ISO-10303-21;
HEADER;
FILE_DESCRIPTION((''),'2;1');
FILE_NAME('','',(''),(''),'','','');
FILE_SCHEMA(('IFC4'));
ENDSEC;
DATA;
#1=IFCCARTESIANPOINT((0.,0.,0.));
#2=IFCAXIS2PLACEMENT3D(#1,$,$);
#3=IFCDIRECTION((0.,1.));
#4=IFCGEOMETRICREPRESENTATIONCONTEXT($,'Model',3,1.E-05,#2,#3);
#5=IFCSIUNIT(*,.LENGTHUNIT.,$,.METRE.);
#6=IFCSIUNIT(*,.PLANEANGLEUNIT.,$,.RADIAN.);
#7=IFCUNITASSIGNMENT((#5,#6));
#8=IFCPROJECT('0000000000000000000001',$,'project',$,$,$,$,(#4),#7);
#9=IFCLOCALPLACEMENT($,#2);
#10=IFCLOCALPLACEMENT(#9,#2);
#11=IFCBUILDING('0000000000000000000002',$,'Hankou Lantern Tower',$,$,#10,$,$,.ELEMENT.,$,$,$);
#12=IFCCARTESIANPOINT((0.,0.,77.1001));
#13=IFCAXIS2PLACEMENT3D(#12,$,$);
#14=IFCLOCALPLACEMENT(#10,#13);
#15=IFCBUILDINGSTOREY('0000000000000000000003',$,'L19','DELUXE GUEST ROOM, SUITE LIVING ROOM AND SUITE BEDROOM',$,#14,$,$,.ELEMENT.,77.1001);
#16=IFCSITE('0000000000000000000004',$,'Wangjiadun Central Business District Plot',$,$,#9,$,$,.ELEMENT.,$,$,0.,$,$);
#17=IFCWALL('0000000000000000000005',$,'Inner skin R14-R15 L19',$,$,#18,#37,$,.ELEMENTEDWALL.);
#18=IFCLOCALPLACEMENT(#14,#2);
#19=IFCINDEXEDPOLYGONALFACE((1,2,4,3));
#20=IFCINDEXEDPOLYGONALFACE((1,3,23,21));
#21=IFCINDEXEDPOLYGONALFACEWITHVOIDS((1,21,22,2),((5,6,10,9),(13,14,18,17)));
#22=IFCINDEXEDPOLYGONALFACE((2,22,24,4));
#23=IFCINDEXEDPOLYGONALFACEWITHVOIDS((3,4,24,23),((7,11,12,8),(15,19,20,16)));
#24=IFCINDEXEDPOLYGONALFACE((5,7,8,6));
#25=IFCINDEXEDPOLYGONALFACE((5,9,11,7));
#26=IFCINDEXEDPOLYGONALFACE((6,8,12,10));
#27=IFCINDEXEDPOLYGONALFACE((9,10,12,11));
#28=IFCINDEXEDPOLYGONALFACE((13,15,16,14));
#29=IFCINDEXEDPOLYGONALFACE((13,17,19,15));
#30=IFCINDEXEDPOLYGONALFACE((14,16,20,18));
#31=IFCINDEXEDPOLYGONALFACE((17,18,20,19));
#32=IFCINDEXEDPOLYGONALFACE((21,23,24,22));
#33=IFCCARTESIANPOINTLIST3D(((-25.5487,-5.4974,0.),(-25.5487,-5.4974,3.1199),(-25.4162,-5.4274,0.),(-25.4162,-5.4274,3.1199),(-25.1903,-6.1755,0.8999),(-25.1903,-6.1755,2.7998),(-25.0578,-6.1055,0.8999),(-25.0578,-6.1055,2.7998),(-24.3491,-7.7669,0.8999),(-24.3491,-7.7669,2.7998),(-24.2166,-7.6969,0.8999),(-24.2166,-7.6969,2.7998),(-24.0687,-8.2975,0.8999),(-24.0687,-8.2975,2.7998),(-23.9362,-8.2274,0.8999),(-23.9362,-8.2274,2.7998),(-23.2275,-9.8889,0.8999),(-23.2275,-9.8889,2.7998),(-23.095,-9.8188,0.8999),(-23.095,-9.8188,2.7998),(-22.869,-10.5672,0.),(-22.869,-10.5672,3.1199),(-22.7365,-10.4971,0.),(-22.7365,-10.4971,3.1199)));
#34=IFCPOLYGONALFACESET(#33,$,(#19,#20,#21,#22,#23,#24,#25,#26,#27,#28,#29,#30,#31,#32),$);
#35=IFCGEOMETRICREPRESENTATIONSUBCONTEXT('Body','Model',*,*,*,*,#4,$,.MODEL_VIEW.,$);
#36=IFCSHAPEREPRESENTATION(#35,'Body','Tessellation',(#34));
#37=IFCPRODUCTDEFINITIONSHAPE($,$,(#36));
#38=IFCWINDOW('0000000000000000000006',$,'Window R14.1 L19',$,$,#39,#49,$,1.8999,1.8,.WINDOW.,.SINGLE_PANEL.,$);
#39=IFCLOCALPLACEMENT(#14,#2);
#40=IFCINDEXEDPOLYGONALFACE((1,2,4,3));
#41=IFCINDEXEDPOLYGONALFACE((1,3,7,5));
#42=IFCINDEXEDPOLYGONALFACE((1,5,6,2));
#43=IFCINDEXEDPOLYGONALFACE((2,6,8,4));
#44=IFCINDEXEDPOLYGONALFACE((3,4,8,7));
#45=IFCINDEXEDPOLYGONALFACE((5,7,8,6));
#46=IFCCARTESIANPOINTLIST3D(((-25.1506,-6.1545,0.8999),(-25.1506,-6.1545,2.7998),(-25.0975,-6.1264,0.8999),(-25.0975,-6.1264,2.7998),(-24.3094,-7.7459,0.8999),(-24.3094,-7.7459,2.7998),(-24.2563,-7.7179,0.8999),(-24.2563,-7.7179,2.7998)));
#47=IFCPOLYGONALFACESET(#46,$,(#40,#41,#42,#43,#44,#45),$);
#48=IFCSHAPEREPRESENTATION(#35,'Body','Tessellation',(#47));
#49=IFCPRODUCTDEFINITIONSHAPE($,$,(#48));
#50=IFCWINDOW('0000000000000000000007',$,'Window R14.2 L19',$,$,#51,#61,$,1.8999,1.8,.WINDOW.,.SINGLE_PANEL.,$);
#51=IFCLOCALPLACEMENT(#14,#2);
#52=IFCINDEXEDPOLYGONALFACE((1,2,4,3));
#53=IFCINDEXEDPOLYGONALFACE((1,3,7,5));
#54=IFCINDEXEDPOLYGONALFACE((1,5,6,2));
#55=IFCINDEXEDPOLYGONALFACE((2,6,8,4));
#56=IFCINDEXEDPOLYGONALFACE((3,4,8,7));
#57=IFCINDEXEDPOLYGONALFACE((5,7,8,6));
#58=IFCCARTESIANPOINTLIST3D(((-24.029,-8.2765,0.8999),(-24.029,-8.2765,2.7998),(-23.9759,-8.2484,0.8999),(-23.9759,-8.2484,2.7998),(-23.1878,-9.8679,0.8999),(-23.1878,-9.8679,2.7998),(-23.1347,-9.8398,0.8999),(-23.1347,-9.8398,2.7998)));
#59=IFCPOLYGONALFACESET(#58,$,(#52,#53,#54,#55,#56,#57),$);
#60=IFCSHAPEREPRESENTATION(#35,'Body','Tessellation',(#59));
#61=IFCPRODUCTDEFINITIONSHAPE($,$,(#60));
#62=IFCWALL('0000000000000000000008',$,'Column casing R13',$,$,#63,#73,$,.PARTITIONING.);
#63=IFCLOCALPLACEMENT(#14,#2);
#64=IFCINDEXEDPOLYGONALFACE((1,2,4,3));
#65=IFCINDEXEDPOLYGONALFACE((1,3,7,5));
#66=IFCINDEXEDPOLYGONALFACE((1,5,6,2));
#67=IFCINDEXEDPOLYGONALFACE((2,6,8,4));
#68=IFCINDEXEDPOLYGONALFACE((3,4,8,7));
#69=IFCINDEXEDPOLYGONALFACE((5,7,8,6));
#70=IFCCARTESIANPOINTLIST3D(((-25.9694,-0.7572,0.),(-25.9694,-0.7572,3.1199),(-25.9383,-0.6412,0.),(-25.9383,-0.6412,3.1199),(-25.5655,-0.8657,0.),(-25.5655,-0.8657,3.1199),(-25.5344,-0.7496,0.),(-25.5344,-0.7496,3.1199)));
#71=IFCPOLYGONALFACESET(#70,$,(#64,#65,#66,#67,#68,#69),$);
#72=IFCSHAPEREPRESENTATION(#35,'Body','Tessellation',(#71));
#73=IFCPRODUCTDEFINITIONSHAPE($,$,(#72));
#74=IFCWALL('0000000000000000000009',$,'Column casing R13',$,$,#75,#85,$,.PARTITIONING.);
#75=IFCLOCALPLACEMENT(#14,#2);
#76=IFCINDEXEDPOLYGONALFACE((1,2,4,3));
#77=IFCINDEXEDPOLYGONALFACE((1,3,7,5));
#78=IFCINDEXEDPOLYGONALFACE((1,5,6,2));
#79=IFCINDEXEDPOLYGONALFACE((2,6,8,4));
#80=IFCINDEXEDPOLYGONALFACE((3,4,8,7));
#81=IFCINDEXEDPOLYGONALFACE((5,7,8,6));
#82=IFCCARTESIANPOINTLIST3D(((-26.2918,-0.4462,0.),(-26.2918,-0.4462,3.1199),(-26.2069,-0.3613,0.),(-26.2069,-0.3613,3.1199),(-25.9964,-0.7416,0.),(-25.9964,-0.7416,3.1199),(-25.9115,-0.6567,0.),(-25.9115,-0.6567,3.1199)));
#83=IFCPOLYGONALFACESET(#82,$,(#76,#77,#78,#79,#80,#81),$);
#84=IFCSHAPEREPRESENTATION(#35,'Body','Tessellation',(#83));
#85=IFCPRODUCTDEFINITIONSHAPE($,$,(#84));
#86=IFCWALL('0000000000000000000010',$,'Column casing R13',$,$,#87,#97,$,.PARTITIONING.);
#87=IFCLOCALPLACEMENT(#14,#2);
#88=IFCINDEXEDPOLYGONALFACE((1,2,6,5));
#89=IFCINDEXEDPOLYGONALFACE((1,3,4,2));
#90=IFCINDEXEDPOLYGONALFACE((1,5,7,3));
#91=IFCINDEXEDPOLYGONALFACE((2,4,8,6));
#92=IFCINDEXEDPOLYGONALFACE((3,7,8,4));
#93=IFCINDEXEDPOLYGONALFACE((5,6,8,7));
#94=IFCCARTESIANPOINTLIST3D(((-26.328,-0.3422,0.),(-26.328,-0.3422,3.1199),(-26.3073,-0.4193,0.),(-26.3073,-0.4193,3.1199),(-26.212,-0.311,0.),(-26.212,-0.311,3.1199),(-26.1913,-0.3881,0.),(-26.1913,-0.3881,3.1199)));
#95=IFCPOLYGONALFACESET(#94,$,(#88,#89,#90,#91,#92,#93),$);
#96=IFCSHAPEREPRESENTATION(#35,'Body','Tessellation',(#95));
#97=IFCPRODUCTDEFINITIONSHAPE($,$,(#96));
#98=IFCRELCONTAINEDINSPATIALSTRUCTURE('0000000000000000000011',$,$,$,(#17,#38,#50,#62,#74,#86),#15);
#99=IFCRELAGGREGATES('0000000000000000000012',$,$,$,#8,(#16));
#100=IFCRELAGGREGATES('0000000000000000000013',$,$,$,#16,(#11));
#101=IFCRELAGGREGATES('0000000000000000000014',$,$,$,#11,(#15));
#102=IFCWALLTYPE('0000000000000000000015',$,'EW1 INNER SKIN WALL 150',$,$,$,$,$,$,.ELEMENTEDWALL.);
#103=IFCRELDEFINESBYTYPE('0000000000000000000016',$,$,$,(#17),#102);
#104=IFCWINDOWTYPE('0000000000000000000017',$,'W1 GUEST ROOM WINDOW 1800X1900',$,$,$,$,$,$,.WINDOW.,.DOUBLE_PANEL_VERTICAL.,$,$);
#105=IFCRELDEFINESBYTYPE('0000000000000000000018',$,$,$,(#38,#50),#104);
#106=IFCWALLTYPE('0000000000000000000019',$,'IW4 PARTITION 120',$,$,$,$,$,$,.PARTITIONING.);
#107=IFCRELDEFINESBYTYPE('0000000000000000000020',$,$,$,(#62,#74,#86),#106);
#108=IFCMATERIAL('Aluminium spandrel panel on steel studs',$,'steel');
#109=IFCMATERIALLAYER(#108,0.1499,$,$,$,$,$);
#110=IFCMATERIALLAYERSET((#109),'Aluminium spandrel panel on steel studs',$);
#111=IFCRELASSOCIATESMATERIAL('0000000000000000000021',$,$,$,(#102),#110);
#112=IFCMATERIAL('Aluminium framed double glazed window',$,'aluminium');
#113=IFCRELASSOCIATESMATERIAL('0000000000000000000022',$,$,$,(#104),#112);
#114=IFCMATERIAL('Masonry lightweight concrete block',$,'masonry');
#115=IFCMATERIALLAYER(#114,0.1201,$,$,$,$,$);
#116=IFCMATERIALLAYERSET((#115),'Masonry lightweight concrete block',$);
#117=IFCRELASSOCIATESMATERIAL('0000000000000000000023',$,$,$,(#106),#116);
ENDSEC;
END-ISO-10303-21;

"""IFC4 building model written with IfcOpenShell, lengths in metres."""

from ifc_helpers import new_model, si_unit, direction, frame, frame_2d, origin, place, context, subcontext, project, spatial, rectangle, extrude, material, layer, layer_set, type_object, element, fill, save


model = new_model("IFC4")

# Units and contexts
model_context = context("Model", 3, precision=1e-05, world=origin(), true_north=direction((0.0, 1.0)))
body_context = subcontext(model_context, "Body", "Model", "MODEL_VIEW")
ifc_project = project(units=[si_unit("LENGTHUNIT", "METRE"), si_unit("PLANEANGLEUNIT", "RADIAN")], contexts=[model_context])

# Site, building, storey
site_placement = place(None, origin())
site = spatial("IfcSite", under=ifc_project, at=site_placement, Name="Wangjiadun Central Business District Plot", CompositionType="ELEMENT", RefElevation=0.0)
building_placement = place(site_placement, origin())
building = spatial("IfcBuilding", under=site, at=building_placement, Name="Hankou Lantern Tower", CompositionType="ELEMENT")
storey_placement = place(building_placement, frame((0.0, 0.0, 77.1001)))
storey = spatial("IfcBuildingStorey", under=building, at=storey_placement, Name="L19", Description="DELUXE GUEST ROOM, SUITE LIVING ROOM AND SUITE BEDROOM", CompositionType="ELEMENT", Elevation=77.1001)

# Wall, openings, windows
ifc_material_1 = material(Name="Aluminium spandrel panel on steel studs", Category="steel")
ifc_layer_1 = layer(ifc_material_1, 0.1499)
ifc_layer_set_1 = layer_set([ifc_layer_1], Name="Aluminium spandrel panel on steel studs")
wall_type_1 = type_object("IfcWallType", Name="EW1 INNER SKIN WALL 150", PredefinedType="ELEMENTEDWALL", material=ifc_layer_set_1)
ifc_material_2 = material(Name="Aluminium framed double glazed window", Category="aluminium")
window_type = type_object("IfcWindowType", Name="W1 GUEST ROOM WINDOW 1800X1900", PartitioningType="DOUBLE_PANEL_VERTICAL", PredefinedType="WINDOW", material=ifc_material_2)
wall_1_placement = place(storey_placement, frame((-25.4824, -5.4624, 0.0), z_axis=(0.0, 0.0, 1.0), x_axis=(0.467297, -0.8841, 0.0)))
wall_1 = element("IfcWall", 1, at=wall_1_placement, inside=storey, type_object=wall_type_1, Name="Inner skin R14-R15 L19", PredefinedType="ELEMENTEDWALL", context=body_context, shape_type="SweptSolid", body=[
    extrude(rectangle(XDim=5.7344, YDim=0.1499, at=frame_2d((2.8672, 0.0))), origin(), (0.0, 0.0, 1.0), 3.1199),
])
opening_1_placement = place(wall_1_placement, frame((0.7671, 0.0, 0.8999)))
opening_1 = element("IfcOpeningElement", 2, at=opening_1_placement, cuts=wall_1, PredefinedType="OPENING", context=body_context, shape_type="SweptSolid", body=[
    extrude(rectangle(XDim=1.8, YDim=1.8999, at=frame_2d((0.8999, 0.95))), frame((0.0, 0.085, 0.0), z_axis=(0.0, -1.0, 0.0), x_axis=(1.0, 0.0, 0.0)), (0.0, 0.0, 1.0), 0.1699),
])
opening_2_placement = place(wall_1_placement, frame((3.1672, 0.0, 0.8999)))
opening_2 = element("IfcOpeningElement", 3, at=opening_2_placement, cuts=wall_1, PredefinedType="OPENING", context=body_context, shape_type="SweptSolid", body=[
    extrude(rectangle(XDim=1.8, YDim=1.8999, at=frame_2d((0.8999, 0.95))), frame((0.0, 0.085, 0.0), z_axis=(0.0, -1.0, 0.0), x_axis=(1.0, 0.0, 0.0)), (0.0, 0.0, 1.0), 0.1699),
])
window_1_placement = place(opening_1_placement, origin())
window_1 = element("IfcWindow", 4, at=window_1_placement, inside=storey, type_object=window_type, Name="Window R14.1 L19", OverallHeight=1.8999, OverallWidth=1.8, PartitioningType="SINGLE_PANEL", PredefinedType="WINDOW", context=body_context, shape_type="SweptSolid", body=[
    extrude(rectangle(XDim=1.8, YDim=1.8999, at=frame_2d((0.8999, 0.95))), frame((0.0, 0.03, 0.0), z_axis=(0.0, -1.0, 0.0), x_axis=(1.0, 0.0, 0.0)), (0.0, 0.0, 1.0), 0.0601),
])
fill(opening_1, window_1)
window_2_placement = place(opening_2_placement, origin())
window_2 = element("IfcWindow", 5, at=window_2_placement, inside=storey, type_object=window_type, Name="Window R14.2 L19", OverallHeight=1.8999, OverallWidth=1.8, PartitioningType="SINGLE_PANEL", PredefinedType="WINDOW", context=body_context, shape_type="SweptSolid", body=[
    extrude(rectangle(XDim=1.8, YDim=1.8999, at=frame_2d((0.8999, 0.95))), frame((0.0, 0.03, 0.0), z_axis=(0.0, -1.0, 0.0), x_axis=(1.0, 0.0, 0.0)), (0.0, 0.0, 1.0), 0.0601),
])
fill(opening_2, window_2)

# Walls
ifc_material_3 = material(Name="Masonry lightweight concrete block", Category="masonry")
ifc_layer_2 = layer(ifc_material_3, 0.1201)
ifc_layer_set_2 = layer_set([ifc_layer_2], Name="Masonry lightweight concrete block")
wall_type_2 = type_object("IfcWallType", Name="IW4 PARTITION 120", PredefinedType="PARTITIONING", material=ifc_layer_set_2)
wall_2_placement = place(storey_placement, frame((-25.55, -0.8076, 0.0), z_axis=(0.0, 0.0, 1.0), x_axis=(-0.965807, 0.259261, 0.0)))
element("IfcWall", 6, at=wall_2_placement, inside=storey, type_object=wall_type_2, Name="Column casing R13", PredefinedType="PARTITIONING", context=body_context, shape_type="SweptSolid", body=[
    extrude(rectangle(XDim=0.4182, YDim=0.1201, at=frame_2d((0.209, 0.0))), origin(), (0.0, 0.0, 1.0), 3.1199),
])
wall_3_placement = place(storey_placement, frame((-25.9539, -0.6992, 0.0), z_axis=(0.0, 0.0, 1.0), x_axis=(-0.707107, 0.707107, 0.0)))
element("IfcWall", 7, at=wall_3_placement, inside=storey, type_object=wall_type_2, Name="Column casing R13", PredefinedType="PARTITIONING", context=body_context, shape_type="SweptSolid", body=[
    extrude(rectangle(XDim=0.4177, YDim=0.1201, at=frame_2d((0.209, 0.0))), origin(), (0.0, 0.0, 1.0), 3.1199),
])
wall_4_placement = place(storey_placement, frame((-26.2493, -0.4038, 0.0), z_axis=(0.0, 0.0, 1.0), x_axis=(-0.259754, 0.965675, 0.0)))
element("IfcWall", 8, at=wall_4_placement, inside=storey, type_object=wall_type_2, Name="Column casing R13", PredefinedType="PARTITIONING", context=body_context, shape_type="SweptSolid", body=[
    extrude(rectangle(XDim=0.0798, YDim=0.1201, at=frame_2d((0.04, 0.0))), origin(), (0.0, 0.0, 1.0), 3.1199),
])

save(model, "model.ifc")
